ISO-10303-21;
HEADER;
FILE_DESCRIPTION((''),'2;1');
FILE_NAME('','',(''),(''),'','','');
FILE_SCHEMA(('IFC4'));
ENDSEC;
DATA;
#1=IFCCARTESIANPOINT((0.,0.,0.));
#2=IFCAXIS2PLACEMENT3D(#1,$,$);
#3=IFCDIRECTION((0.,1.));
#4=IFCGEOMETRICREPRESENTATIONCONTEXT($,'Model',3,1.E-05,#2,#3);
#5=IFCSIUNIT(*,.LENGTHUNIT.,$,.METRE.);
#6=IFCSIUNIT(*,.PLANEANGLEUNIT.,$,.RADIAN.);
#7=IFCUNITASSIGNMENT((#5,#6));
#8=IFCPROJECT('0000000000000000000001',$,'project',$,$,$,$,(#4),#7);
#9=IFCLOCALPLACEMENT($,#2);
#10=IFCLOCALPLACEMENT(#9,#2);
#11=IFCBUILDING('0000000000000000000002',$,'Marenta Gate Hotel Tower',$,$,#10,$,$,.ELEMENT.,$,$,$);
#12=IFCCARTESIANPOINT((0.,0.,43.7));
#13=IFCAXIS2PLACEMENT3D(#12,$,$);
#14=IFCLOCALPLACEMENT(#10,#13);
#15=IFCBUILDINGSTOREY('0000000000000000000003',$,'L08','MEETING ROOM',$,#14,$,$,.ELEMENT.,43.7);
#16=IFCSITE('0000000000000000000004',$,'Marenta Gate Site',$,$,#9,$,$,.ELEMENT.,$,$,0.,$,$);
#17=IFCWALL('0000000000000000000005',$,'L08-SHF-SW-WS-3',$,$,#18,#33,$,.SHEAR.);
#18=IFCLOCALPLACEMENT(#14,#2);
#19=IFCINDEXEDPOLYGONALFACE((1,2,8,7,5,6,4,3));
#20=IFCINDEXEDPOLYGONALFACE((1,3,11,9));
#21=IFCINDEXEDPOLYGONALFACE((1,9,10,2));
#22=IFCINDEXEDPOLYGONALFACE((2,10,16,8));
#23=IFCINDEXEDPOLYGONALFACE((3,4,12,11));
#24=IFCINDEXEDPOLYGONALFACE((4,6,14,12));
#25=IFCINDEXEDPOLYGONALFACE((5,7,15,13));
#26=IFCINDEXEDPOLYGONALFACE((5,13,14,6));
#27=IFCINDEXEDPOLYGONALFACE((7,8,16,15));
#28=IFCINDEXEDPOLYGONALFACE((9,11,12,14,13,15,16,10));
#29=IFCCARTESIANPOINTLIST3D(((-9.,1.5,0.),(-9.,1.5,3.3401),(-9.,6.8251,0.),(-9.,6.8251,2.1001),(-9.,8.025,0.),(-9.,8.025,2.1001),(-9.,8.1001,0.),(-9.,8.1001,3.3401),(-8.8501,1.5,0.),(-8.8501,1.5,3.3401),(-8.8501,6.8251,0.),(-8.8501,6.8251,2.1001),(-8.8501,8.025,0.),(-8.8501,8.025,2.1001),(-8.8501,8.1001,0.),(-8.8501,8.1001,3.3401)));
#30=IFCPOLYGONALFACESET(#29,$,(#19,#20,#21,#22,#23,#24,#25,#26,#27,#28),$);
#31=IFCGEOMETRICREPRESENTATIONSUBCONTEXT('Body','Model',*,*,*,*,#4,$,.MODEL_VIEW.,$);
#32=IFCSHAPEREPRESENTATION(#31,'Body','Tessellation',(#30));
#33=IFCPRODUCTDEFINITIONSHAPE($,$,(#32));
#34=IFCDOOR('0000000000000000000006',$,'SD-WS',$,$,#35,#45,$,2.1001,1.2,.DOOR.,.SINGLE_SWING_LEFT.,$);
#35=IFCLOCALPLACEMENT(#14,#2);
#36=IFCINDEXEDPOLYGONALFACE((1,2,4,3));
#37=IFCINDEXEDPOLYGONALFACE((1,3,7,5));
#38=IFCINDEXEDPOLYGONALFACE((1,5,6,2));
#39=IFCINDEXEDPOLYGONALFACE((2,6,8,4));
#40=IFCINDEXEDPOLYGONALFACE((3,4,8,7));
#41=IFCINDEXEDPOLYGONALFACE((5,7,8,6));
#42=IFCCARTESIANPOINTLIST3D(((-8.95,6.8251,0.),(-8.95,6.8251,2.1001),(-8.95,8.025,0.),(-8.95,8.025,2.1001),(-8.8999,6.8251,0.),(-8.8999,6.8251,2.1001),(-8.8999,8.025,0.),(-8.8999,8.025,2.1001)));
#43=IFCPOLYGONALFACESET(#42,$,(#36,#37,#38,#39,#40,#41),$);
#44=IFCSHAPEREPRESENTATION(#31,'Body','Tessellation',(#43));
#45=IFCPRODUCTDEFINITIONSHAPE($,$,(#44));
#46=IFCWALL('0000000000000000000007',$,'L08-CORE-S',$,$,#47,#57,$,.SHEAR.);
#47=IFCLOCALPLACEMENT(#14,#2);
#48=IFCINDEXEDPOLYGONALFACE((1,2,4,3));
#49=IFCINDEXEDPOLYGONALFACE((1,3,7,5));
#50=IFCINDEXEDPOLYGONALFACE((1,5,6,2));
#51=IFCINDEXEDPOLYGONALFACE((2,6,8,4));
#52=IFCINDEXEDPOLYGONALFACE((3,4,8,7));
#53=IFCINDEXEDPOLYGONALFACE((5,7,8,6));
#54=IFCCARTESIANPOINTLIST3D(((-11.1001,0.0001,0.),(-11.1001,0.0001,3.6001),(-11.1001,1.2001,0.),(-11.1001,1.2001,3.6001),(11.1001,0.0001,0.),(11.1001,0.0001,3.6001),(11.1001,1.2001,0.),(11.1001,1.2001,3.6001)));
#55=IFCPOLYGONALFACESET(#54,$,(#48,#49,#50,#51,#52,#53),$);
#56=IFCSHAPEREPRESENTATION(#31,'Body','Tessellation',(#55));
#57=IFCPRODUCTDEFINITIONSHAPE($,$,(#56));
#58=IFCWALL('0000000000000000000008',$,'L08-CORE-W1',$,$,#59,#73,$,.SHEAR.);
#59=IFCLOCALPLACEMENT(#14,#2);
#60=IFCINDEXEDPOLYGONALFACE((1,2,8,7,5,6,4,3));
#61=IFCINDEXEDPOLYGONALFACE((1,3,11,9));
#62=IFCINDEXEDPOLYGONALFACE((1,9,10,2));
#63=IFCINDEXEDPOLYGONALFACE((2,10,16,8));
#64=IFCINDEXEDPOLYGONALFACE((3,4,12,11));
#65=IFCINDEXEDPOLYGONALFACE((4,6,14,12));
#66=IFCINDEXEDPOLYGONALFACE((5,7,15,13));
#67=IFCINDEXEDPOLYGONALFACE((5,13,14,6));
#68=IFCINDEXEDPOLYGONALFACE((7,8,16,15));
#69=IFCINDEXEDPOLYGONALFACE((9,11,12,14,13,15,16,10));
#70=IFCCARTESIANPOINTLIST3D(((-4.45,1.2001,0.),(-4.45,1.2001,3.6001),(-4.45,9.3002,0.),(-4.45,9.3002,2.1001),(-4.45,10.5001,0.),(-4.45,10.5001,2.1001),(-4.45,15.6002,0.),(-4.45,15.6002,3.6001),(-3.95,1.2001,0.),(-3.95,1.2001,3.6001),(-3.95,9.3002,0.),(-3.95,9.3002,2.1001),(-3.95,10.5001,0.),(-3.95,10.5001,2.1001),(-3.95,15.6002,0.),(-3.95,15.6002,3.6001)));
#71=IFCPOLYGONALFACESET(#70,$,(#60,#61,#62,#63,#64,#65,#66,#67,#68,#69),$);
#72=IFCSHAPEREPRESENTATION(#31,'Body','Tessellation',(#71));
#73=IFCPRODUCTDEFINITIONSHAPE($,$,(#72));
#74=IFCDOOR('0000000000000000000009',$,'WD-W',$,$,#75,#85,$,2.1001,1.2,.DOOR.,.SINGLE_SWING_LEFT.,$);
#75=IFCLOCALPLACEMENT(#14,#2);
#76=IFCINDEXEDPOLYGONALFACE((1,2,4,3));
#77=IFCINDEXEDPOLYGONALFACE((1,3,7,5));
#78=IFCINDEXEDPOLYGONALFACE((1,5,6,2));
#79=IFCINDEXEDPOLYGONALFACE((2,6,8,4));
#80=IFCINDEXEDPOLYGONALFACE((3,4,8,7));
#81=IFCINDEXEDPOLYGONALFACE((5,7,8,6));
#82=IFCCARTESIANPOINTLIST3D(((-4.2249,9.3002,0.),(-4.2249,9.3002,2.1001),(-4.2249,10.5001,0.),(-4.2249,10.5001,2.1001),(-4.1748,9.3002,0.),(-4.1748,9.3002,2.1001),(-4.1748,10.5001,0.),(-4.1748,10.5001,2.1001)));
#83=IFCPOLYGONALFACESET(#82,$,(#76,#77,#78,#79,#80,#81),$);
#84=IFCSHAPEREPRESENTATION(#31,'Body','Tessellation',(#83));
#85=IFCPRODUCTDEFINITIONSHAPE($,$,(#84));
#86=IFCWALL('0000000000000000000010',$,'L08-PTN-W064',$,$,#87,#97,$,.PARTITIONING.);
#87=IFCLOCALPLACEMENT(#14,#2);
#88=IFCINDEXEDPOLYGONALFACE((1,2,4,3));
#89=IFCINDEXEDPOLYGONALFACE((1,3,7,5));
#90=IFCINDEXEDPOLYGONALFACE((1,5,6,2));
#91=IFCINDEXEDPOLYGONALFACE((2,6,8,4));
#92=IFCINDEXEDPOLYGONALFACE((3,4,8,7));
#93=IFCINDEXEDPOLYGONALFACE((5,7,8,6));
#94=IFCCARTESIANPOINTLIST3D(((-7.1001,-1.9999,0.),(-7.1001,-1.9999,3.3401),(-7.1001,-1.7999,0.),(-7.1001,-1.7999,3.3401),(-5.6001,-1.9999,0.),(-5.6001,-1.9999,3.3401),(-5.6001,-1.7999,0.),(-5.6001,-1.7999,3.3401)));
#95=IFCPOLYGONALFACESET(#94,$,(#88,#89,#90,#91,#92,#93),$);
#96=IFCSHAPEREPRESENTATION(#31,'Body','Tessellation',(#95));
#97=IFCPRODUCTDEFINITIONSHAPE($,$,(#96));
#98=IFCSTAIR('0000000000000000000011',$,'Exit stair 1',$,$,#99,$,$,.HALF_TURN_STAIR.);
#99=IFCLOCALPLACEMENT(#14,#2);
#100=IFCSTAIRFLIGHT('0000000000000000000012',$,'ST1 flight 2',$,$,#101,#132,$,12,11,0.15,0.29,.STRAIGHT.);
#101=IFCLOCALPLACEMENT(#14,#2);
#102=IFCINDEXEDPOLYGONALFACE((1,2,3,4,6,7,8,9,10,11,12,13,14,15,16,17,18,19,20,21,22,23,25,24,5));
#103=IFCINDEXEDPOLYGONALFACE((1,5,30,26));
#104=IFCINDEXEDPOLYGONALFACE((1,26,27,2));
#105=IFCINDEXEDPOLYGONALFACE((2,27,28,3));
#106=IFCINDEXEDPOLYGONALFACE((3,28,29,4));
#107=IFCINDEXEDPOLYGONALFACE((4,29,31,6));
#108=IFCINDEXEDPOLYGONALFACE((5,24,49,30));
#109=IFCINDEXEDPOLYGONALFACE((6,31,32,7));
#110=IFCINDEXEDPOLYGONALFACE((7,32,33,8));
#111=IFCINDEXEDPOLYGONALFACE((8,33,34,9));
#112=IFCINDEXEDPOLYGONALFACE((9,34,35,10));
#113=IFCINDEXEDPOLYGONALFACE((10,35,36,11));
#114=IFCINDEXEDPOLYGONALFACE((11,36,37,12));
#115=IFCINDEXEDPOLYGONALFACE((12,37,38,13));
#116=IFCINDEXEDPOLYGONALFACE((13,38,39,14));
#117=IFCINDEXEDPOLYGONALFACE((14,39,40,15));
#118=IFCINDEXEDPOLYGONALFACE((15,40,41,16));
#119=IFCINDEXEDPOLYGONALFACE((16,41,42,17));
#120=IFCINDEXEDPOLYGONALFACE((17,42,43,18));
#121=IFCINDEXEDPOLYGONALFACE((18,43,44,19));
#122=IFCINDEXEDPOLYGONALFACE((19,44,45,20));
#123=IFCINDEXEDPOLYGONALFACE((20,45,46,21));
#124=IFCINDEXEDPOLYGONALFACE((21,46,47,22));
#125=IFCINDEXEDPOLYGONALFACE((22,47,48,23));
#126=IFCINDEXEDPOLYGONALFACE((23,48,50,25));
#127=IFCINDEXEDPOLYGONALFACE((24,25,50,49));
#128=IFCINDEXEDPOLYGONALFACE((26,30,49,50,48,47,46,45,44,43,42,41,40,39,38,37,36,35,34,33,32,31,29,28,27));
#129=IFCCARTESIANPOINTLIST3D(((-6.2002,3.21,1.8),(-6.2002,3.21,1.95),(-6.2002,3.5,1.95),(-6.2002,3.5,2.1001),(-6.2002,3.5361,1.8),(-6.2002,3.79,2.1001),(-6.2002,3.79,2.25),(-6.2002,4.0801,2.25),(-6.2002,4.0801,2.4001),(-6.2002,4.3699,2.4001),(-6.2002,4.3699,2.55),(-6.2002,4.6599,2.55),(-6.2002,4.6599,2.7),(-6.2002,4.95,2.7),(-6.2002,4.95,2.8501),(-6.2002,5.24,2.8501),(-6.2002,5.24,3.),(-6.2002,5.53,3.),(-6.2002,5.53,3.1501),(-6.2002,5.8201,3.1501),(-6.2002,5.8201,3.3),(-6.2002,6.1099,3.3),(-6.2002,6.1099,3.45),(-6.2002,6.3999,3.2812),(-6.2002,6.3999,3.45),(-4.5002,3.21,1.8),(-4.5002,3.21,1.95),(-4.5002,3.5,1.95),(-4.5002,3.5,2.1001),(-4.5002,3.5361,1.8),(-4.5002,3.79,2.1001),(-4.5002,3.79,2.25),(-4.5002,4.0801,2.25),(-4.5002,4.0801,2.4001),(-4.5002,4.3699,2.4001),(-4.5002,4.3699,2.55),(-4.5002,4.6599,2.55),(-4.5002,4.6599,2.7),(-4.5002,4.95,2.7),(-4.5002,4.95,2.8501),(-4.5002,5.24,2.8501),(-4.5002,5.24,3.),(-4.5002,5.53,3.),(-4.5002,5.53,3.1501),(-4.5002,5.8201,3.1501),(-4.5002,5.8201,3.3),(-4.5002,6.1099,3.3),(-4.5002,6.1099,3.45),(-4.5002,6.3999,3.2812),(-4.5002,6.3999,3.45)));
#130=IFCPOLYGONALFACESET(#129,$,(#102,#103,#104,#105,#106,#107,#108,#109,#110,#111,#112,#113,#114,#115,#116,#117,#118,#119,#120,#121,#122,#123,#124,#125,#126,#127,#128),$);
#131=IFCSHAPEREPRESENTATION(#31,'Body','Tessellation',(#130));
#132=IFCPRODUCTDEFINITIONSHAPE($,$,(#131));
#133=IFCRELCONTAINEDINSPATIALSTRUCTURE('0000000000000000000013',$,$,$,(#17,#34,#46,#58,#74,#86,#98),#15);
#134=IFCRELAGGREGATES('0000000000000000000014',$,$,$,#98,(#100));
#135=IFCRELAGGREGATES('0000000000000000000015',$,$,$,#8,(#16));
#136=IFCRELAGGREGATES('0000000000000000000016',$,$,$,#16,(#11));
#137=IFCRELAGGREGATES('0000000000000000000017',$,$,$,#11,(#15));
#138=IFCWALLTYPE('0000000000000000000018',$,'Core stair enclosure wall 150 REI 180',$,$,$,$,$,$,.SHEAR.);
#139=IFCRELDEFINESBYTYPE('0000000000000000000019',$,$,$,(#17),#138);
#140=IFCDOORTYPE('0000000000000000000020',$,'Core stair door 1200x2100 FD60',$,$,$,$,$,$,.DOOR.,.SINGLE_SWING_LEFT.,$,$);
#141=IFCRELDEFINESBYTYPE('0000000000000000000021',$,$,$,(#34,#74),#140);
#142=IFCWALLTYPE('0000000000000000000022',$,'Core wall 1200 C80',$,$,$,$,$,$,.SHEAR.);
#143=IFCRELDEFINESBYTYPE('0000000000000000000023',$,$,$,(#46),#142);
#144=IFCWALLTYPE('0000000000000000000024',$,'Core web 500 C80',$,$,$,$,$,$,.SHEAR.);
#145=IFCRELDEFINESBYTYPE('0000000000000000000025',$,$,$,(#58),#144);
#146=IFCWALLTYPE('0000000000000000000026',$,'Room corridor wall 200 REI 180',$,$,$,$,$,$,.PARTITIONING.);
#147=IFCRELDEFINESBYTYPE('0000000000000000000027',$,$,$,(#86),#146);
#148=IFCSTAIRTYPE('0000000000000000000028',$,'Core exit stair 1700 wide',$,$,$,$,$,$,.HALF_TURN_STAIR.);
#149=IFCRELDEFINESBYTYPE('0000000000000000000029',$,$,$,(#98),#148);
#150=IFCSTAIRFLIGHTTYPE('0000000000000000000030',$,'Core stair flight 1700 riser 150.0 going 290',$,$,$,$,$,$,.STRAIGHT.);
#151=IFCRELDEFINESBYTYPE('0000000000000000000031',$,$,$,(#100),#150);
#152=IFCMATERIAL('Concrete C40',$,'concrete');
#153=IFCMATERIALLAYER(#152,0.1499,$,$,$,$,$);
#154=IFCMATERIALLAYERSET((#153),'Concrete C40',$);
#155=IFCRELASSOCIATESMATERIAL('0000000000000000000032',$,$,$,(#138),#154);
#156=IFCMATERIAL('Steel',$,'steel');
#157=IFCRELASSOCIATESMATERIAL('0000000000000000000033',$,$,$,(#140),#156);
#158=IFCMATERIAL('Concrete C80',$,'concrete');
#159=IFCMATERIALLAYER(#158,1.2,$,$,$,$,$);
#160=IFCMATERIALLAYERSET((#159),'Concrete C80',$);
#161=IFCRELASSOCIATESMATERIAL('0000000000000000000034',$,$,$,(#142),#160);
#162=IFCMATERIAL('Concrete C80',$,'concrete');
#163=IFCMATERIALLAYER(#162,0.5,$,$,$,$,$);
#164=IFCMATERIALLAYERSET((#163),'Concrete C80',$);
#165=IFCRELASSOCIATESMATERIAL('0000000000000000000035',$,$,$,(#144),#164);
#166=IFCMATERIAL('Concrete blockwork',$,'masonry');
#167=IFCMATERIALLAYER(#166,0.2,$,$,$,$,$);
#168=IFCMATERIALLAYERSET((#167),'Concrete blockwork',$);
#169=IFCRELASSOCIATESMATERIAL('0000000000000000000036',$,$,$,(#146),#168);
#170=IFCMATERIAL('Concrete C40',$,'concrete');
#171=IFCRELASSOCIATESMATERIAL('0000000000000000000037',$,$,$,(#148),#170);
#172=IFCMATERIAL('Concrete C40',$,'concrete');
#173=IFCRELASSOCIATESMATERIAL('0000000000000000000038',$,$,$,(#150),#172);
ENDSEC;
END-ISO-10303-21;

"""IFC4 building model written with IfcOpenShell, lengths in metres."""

from ifc_helpers import new_model, si_unit, direction, frame, frame_2d, origin, place, context, subcontext, project, spatial, polyline, rectangle, outline, extrude, material, layer, layer_set, type_object, element, fill, aggregate, save


model = new_model("IFC4")

# Units and contexts
model_context = context("Model", 3, precision=1e-05, world=origin(), true_north=direction((0.0, 1.0)))
body_context = subcontext(model_context, "Body", "Model", "MODEL_VIEW")
ifc_project = project(units=[si_unit("LENGTHUNIT", "METRE"), si_unit("PLANEANGLEUNIT", "RADIAN")], contexts=[model_context])

# Site, building, storey
site_placement = place(None, origin())
site = spatial("IfcSite", under=ifc_project, at=site_placement, Name="Marenta Gate Site", CompositionType="ELEMENT", RefElevation=0.0)
building_placement = place(site_placement, origin())
building = spatial("IfcBuilding", under=site, at=building_placement, Name="Marenta Gate Hotel Tower", CompositionType="ELEMENT")
storey_placement = place(building_placement, frame((0.0, 0.0, 43.7)))
storey = spatial("IfcBuildingStorey", under=building, at=storey_placement, Name="L08", Description="MEETING ROOM", CompositionType="ELEMENT", Elevation=43.7)

# Wall, opening, door
ifc_material_1 = material(Name="Concrete C40", Category="concrete")
ifc_layer_1 = layer(ifc_material_1, 0.1499)
ifc_layer_set_1 = layer_set([ifc_layer_1], Name="Concrete C40")
wall_type_1 = type_object("IfcWallType", Name="Core stair enclosure wall 150 REI 180", PredefinedType="SHEAR", material=ifc_layer_set_1)
wall_1_placement = place(storey_placement, frame((-8.925, 1.5, 0.0), z_axis=(0.0, 0.0, 1.0), x_axis=(0.0, 1.0, 0.0)))
wall_1 = element("IfcWall", 1, at=wall_1_placement, inside=storey, type_object=wall_type_1, Name="L08-SHF-SW-WS-3", PredefinedType="SHEAR", context=body_context, shape_type="SweptSolid", body=[
    extrude(rectangle(XDim=6.6001, YDim=0.1499, at=frame_2d((3.3, 0.0))), origin(), (0.0, 0.0, 1.0), 3.3401),
])
opening_1_placement = place(wall_1_placement, frame((5.325, 0.0, 0.0)))
opening_1 = element("IfcOpeningElement", 2, at=opening_1_placement, cuts=wall_1, PredefinedType="OPENING", context=body_context, shape_type="SweptSolid", body=[
    extrude(rectangle(XDim=1.2, YDim=2.1001, at=frame_2d((0.6001, 1.05))), frame((0.0, 0.075, 0.0), z_axis=(0.0, -1.0, 0.0), x_axis=(1.0, 0.0, 0.0)), (0.0, 0.0, 1.0), 0.1499),
])
ifc_material_2 = material(Name="Steel", Category="steel")
door_type_1 = type_object("IfcDoorType", Name="Core stair door 1200x2100 FD60", OperationType="SINGLE_SWING_LEFT", PredefinedType="DOOR", material=ifc_material_2)
door_1_placement = place(opening_1_placement, origin())
door_1 = element("IfcDoor", 3, at=door_1_placement, inside=storey, type_object=door_type_1, Name="SD-WS", OperationType="SINGLE_SWING_LEFT", OverallHeight=2.1001, OverallWidth=1.2, PredefinedType="DOOR", context=body_context, shape_type="SweptSolid", body=[
    extrude(rectangle(XDim=1.2, YDim=2.1001, at=frame_2d((0.6001, 1.05))), frame((0.0, 0.0249, 0.0), z_axis=(0.0, -1.0, 0.0), x_axis=(1.0, 0.0, 0.0)), (0.0, 0.0, 1.0), 0.05),
])
fill(opening_1, door_1)

# Shared definitions
ifc_material_3 = material(Name="Concrete C80", Category="concrete")
ifc_layer_2 = layer(ifc_material_3, 1.2)
ifc_layer_set_2 = layer_set([ifc_layer_2], Name="Concrete C80")
wall_type_2 = type_object("IfcWallType", Name="Core wall 1200 C80", PredefinedType="SHEAR", material=ifc_layer_set_2)

# Wall
wall_2_placement = place(storey_placement, frame((-11.1001, 0.6001, 0.0), z_axis=(0.0, 0.0, 1.0), x_axis=(1.0, 0.0, 0.0)))
element("IfcWall", 4, at=wall_2_placement, inside=storey, type_object=wall_type_2, Name="L08-CORE-S", PredefinedType="SHEAR", context=body_context, shape_type="SweptSolid", body=[
    extrude(rectangle(XDim=22.2002, YDim=1.2, at=frame_2d((11.1001, 0.0))), origin(), (0.0, 0.0, 1.0), 3.6001),
])

# Wall, opening, door
ifc_material_4 = material(Name="Concrete C80", Category="concrete")
ifc_layer_3 = layer(ifc_material_4, 0.5)
ifc_layer_set_3 = layer_set([ifc_layer_3], Name="Concrete C80")
wall_type_3 = type_object("IfcWallType", Name="Core web 500 C80", PredefinedType="SHEAR", material=ifc_layer_set_3)
wall_3_placement = place(storey_placement, frame((-4.2, 1.2, 0.0), z_axis=(0.0, 0.0, 1.0), x_axis=(0.0, 1.0, 0.0)))
wall_3 = element("IfcWall", 5, at=wall_3_placement, inside=storey, type_object=wall_type_3, Name="L08-CORE-W1", PredefinedType="SHEAR", context=body_context, shape_type="SweptSolid", body=[
    extrude(rectangle(XDim=14.4001, YDim=0.5, at=frame_2d((7.2002, 0.0))), origin(), (0.0, 0.0, 1.0), 3.6001),
])
opening_2_placement = place(wall_3_placement, frame((8.1001, 0.0, 0.0)))
opening_2 = element("IfcOpeningElement", 6, at=opening_2_placement, cuts=wall_3, PredefinedType="OPENING", context=body_context, shape_type="SweptSolid", body=[
    extrude(rectangle(XDim=1.2, YDim=2.1001, at=frame_2d((0.6001, 1.05))), frame((0.0, 0.25, 0.0), z_axis=(0.0, -1.0, 0.0), x_axis=(1.0, 0.0, 0.0)), (0.0, 0.0, 1.0), 0.5),
])
door_2_placement = place(opening_2_placement, origin())
door_2 = element("IfcDoor", 7, at=door_2_placement, inside=storey, type_object=door_type_1, Name="WD-W", OperationType="SINGLE_SWING_LEFT", OverallHeight=2.1001, OverallWidth=1.2, PredefinedType="DOOR", context=body_context, shape_type="SweptSolid", body=[
    extrude(rectangle(XDim=1.2, YDim=2.1001, at=frame_2d((0.6001, 1.05))), frame((0.0, 0.0249, 0.0), z_axis=(0.0, -1.0, 0.0), x_axis=(1.0, 0.0, 0.0)), (0.0, 0.0, 1.0), 0.05),
])
fill(opening_2, door_2)

# Wall
ifc_material_5 = material(Name="Concrete blockwork", Category="masonry")
ifc_layer_4 = layer(ifc_material_5, 0.2)
ifc_layer_set_4 = layer_set([ifc_layer_4], Name="Concrete blockwork")
wall_type_4 = type_object("IfcWallType", Name="Room corridor wall 200 REI 180", PredefinedType="PARTITIONING", material=ifc_layer_set_4)
wall_4_placement = place(storey_placement, frame((-7.1001, -1.8999, 0.0), z_axis=(0.0, 0.0, 1.0), x_axis=(1.0, 0.0, 0.0)))
element("IfcWall", 8, at=wall_4_placement, inside=storey, type_object=wall_type_4, Name="L08-PTN-W064", PredefinedType="PARTITIONING", context=body_context, shape_type="SweptSolid", body=[
    extrude(rectangle(XDim=1.5, YDim=0.2, at=frame_2d((0.75, 0.0))), origin(), (0.0, 0.0, 1.0), 3.3401),
])

# Stair, stair flight
ifc_material_6 = material(Name="Concrete C40", Category="concrete")
stair_type = type_object("IfcStairType", Name="Core exit stair 1700 wide", PredefinedType="HALF_TURN_STAIR", material=ifc_material_6)
stair_placement = place(storey_placement, origin())
stair = element("IfcStair", 9, at=stair_placement, inside=storey, type_object=stair_type, Name="Exit stair 1", PredefinedType="HALF_TURN_STAIR")
ifc_material_7 = material(Name="Concrete C40", Category="concrete")
stair_flight_type = type_object("IfcStairFlightType", Name="Core stair flight 1700 riser 150.0 going 290", PredefinedType="STRAIGHT", material=ifc_material_7)
stair_flight_placement = place(storey_placement, frame((-5.3501, 3.21, 1.8), z_axis=(0.0, 0.0, 1.0), x_axis=(0.0, 1.0, 0.0)))
stair_flight = element("IfcStairFlight", 10, at=stair_flight_placement, type_object=stair_flight_type, Name="ST1 flight 2", NumberOfRisers=12, NumberOfTreads=11, PredefinedType="STRAIGHT", RiserHeight=0.15, TreadLength=0.29, context=body_context, shape_type="SweptSolid", body=[
    extrude(outline(polyline([(0.0, 0.0), (0.0, 0.1499), (0.29, 0.1499), (0.29, 0.3), (0.5801, 0.3), (0.5801, 0.45), (0.8701, 0.45), (0.8701, 0.6001), (1.1599, 0.6001), (1.1599, 0.75), (1.45, 0.75), (1.45, 0.8999), (1.74, 0.8999), (1.74, 1.05), (2.03, 1.05), (2.03, 1.2), (2.3201, 1.2), (2.3201, 1.3501), (2.6101, 1.3501), (2.6101, 1.5), (2.8999, 1.5), (2.8999, 1.6499), (3.1899, 1.6499), (3.1899, 1.8), (3.1899, 1.4812), (0.3262, 0.0), (0.0, 0.0)])), frame((0.0, 0.8501, 0.0), z_axis=(0.0, -1.0, 0.0), x_axis=(1.0, 0.0, 0.0)), (0.0, 0.0, 1.0), 1.7),
])
aggregate(stair, [stair_flight])

save(model, "model.ifc")
